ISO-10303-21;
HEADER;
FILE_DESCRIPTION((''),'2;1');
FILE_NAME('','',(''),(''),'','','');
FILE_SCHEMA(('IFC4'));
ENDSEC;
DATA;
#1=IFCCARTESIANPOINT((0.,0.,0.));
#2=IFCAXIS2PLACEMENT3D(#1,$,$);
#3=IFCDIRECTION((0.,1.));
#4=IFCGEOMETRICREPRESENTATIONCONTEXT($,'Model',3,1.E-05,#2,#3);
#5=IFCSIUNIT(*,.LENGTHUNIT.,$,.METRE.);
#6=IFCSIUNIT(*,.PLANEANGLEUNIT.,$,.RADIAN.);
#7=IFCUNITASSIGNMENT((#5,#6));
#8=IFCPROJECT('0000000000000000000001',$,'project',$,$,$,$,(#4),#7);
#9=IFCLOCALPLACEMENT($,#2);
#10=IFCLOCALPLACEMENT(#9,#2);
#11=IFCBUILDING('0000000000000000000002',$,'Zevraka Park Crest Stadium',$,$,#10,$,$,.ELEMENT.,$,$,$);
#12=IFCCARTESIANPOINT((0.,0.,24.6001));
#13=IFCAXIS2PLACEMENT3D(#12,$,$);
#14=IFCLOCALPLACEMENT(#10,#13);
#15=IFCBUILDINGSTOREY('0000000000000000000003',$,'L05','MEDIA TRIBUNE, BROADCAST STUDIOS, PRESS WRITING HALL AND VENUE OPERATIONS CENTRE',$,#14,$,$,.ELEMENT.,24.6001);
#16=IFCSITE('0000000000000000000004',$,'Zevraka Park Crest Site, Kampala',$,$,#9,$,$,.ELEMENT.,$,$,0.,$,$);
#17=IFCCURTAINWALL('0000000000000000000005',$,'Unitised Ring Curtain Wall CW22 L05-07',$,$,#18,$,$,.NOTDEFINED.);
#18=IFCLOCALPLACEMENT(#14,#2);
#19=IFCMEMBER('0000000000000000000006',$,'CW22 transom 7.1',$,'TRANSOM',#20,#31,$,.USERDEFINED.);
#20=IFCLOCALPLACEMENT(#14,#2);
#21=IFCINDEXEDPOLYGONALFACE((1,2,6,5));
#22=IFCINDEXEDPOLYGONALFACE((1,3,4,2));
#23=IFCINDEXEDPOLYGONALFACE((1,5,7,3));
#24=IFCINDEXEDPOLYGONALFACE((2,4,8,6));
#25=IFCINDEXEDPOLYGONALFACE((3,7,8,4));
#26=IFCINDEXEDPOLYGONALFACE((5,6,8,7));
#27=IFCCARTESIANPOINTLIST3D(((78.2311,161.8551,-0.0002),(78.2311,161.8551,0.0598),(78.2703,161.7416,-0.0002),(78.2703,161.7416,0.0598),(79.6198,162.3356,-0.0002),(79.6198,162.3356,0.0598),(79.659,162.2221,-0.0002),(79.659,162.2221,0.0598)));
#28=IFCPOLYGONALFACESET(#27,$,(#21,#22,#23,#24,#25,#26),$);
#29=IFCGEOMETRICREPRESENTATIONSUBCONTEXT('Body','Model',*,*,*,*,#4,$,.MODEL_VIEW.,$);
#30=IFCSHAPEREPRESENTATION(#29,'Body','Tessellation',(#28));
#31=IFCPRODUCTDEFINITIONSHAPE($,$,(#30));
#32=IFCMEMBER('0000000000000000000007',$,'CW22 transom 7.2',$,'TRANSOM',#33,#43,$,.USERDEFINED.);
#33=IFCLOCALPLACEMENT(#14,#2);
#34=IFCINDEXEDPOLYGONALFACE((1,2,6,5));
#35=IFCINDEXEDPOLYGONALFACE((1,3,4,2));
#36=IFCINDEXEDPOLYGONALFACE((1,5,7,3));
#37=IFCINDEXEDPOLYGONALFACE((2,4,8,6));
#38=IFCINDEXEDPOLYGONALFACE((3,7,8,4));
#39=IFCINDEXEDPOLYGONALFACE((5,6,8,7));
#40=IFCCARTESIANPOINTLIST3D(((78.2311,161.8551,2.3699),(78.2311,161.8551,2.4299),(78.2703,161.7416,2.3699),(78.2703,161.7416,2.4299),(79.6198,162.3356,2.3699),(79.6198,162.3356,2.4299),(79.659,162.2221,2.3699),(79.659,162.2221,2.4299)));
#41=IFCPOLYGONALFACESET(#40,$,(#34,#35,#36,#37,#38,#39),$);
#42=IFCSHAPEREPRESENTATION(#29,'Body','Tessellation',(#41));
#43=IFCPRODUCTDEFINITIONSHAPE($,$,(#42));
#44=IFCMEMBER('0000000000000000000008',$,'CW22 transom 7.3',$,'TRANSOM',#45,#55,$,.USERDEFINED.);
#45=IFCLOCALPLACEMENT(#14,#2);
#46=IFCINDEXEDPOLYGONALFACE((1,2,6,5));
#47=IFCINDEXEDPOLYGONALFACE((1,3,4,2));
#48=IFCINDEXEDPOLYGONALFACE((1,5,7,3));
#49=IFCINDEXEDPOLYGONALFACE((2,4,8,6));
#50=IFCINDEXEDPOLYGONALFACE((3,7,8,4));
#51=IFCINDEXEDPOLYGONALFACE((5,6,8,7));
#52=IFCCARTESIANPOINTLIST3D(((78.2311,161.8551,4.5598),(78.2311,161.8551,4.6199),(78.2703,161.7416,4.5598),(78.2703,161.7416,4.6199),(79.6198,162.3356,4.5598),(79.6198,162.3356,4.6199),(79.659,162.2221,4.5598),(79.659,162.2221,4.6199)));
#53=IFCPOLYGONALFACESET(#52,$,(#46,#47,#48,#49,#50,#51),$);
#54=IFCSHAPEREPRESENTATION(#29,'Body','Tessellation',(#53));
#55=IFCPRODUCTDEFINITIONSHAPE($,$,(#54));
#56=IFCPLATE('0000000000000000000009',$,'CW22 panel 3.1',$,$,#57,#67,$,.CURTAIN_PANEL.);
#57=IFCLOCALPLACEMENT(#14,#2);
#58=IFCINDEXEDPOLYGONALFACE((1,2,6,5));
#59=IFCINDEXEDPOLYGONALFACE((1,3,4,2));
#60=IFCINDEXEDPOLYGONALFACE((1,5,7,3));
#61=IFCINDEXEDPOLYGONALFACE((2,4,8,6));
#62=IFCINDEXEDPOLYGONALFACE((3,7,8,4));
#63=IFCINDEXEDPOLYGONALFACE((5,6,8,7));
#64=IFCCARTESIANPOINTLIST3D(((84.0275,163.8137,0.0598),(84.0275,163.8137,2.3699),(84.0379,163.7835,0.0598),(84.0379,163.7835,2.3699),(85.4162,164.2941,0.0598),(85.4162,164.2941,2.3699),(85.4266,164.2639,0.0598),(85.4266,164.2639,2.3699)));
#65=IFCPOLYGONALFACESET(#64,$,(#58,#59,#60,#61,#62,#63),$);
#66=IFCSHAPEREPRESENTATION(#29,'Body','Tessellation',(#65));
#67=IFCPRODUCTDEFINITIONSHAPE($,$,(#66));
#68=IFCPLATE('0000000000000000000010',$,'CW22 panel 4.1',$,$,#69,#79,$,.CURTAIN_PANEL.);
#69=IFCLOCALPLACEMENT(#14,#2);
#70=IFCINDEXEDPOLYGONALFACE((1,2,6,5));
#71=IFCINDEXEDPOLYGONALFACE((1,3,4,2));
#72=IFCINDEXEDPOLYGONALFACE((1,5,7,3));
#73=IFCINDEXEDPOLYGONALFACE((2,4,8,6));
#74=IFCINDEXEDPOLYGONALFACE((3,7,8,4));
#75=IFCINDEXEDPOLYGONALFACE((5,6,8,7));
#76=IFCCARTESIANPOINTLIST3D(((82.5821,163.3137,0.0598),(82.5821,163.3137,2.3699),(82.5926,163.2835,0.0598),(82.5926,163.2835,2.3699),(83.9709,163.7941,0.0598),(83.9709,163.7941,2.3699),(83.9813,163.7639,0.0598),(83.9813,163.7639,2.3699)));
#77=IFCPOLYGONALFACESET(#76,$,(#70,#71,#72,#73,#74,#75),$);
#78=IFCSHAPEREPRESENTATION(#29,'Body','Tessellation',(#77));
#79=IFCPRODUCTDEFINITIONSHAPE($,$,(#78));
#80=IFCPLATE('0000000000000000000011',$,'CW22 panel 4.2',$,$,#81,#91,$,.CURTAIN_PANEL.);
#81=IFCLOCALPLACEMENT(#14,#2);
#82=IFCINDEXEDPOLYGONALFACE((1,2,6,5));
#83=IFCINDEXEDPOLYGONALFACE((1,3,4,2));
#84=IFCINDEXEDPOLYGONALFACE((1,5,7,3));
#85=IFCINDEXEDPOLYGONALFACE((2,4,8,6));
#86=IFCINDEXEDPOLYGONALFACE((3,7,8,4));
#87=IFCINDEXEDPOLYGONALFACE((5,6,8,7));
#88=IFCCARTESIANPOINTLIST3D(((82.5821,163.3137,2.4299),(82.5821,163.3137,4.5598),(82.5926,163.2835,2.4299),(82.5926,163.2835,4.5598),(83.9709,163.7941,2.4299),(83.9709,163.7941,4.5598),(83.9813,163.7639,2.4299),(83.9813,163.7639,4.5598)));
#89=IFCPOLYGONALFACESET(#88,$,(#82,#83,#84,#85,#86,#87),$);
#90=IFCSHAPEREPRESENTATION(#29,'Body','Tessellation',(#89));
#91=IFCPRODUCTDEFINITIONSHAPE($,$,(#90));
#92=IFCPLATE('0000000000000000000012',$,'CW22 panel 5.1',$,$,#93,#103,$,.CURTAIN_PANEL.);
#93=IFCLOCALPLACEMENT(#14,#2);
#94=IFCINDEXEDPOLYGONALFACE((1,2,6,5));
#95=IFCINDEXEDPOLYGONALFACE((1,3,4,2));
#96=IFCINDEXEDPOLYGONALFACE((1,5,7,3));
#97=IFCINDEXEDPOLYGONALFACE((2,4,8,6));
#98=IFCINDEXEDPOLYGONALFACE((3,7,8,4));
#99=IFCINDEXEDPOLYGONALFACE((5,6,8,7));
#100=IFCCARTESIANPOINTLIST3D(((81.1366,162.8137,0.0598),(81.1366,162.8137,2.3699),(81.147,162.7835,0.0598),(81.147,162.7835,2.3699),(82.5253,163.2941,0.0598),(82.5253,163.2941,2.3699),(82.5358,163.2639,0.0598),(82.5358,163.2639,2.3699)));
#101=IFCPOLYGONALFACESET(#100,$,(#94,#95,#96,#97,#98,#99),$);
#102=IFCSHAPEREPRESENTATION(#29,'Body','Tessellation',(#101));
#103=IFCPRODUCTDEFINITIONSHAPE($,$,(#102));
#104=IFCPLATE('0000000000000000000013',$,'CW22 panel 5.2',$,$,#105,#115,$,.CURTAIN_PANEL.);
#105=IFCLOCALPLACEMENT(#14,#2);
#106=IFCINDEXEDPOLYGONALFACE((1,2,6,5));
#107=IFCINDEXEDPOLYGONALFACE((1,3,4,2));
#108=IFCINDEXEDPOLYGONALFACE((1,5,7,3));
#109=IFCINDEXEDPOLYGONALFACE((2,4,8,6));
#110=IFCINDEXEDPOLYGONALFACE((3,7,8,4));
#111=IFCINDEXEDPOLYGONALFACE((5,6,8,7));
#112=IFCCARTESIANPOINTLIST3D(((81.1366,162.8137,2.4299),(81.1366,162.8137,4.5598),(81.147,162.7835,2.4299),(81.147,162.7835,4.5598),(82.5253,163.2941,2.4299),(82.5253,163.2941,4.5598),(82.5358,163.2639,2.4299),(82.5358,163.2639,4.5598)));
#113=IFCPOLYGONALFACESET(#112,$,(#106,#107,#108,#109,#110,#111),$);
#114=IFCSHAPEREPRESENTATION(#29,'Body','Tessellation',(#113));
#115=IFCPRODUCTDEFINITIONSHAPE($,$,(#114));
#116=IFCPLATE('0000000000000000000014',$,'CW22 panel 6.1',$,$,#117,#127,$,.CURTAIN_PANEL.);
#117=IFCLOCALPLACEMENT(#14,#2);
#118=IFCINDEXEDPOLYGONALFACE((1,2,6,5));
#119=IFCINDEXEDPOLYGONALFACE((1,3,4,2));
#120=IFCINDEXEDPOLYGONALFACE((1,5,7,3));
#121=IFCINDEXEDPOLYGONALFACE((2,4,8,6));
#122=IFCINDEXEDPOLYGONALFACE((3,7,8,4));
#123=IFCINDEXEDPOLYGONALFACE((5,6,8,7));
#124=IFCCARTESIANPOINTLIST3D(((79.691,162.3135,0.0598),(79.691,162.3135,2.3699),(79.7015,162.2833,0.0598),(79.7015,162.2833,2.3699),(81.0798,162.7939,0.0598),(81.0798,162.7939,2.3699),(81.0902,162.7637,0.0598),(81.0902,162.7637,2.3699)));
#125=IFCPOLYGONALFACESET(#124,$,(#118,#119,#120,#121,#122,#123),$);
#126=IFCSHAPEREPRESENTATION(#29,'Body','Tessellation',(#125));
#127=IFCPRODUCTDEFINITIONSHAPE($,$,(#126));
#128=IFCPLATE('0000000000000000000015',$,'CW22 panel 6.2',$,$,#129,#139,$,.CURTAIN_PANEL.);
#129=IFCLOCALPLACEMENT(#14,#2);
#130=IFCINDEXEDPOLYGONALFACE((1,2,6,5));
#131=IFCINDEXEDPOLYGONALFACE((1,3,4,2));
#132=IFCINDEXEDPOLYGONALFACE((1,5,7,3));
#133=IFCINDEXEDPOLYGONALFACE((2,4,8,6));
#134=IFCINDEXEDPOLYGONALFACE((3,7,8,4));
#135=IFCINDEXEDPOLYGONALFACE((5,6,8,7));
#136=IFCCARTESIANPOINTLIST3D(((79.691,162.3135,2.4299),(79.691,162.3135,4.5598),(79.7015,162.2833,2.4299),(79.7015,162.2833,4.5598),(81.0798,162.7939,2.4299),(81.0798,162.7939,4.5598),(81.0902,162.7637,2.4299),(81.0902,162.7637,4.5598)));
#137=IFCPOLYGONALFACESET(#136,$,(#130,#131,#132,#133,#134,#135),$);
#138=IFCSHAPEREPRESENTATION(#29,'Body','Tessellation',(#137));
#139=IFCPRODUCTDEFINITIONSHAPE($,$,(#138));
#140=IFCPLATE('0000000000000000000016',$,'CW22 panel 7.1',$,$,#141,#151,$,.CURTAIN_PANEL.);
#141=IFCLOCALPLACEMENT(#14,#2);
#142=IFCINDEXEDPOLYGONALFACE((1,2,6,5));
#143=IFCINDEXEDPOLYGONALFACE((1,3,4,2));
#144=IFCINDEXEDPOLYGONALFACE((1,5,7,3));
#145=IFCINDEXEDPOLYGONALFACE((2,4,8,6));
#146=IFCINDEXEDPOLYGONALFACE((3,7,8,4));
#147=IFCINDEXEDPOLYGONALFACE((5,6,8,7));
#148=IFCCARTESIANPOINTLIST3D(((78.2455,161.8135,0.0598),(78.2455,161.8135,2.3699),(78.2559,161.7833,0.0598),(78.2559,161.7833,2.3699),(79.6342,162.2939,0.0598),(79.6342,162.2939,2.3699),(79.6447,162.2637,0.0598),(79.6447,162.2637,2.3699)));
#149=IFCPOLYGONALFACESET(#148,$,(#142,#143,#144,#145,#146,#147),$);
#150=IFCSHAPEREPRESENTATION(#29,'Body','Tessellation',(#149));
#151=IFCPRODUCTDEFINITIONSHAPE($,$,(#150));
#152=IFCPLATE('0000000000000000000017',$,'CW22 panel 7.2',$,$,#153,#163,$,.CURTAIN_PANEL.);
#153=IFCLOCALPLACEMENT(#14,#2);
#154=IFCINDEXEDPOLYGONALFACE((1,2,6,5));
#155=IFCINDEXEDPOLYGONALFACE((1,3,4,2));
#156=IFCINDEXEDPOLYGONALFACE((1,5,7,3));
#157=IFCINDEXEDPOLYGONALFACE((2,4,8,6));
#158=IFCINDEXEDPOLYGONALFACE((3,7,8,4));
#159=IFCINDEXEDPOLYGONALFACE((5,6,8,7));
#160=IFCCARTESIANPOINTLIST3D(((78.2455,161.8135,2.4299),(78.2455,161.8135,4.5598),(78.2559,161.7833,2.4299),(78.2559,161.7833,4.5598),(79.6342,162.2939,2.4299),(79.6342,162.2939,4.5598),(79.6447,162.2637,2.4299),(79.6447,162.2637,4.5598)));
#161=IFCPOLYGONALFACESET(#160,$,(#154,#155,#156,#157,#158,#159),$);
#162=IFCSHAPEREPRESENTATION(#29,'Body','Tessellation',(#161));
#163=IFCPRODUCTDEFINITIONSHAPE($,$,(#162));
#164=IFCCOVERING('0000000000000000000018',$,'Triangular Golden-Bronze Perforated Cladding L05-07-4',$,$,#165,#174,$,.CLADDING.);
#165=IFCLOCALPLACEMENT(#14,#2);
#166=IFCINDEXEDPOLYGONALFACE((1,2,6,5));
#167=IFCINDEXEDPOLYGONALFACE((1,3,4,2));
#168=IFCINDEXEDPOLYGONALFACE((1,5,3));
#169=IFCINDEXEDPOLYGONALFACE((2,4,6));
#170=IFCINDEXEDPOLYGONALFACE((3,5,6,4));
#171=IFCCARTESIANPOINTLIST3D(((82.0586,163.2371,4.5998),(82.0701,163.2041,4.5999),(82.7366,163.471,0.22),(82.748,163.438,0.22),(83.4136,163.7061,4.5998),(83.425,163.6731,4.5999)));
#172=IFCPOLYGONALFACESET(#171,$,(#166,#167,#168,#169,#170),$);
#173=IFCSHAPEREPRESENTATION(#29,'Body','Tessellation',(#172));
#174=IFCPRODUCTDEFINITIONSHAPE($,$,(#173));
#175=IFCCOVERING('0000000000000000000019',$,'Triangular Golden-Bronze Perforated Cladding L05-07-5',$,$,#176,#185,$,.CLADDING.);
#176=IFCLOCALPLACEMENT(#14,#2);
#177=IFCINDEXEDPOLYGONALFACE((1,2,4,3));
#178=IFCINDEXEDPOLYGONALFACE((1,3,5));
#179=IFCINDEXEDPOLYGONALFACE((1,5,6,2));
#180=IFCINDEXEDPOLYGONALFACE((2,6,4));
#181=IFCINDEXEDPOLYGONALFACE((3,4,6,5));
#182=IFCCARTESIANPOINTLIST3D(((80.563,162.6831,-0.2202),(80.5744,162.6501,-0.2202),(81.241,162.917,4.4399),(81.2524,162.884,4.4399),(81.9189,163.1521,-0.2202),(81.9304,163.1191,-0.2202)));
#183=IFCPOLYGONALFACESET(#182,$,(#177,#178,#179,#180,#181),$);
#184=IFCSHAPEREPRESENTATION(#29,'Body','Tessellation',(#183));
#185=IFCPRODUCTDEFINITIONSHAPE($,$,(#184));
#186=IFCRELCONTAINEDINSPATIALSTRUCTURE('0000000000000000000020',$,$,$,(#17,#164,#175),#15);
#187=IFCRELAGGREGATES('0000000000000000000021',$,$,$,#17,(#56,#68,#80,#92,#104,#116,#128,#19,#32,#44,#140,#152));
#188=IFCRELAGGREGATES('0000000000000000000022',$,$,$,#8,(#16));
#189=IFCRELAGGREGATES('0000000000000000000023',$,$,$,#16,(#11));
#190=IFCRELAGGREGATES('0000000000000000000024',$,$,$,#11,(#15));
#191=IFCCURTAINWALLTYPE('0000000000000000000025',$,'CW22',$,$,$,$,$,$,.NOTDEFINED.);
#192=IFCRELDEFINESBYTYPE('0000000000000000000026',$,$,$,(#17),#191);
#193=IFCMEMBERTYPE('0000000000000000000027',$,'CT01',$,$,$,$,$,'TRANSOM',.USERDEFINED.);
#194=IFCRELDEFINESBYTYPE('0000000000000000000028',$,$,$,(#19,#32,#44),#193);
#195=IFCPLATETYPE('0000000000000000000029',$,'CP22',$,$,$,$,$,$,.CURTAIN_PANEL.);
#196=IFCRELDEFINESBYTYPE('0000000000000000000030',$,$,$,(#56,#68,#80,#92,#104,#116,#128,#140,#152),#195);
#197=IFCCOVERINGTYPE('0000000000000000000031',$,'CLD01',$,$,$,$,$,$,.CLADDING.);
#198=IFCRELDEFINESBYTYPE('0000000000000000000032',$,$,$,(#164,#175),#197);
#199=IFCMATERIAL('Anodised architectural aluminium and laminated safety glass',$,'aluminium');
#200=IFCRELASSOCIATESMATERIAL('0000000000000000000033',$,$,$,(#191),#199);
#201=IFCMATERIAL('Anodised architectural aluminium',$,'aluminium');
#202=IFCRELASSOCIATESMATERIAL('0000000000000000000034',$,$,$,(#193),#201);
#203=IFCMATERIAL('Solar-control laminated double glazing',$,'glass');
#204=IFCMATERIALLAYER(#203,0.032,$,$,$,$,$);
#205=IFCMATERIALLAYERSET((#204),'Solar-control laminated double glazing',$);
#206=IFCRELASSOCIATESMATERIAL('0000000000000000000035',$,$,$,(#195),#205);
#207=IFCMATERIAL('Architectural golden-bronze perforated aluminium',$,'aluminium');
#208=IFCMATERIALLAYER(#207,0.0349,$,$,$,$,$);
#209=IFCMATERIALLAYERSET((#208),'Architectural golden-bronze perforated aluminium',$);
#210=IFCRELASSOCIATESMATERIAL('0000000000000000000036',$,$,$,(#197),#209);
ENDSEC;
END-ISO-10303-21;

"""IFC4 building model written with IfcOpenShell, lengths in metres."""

from ifc_helpers import new_model, si_unit, direction, frame, origin, origin_2d, place, context, subcontext, project, spatial, polyline, rectangle, outline, extrude, material, layer, layer_set, material_profile, profile_set, type_object, element, aggregate, save


model = new_model("IFC4")

# Units and contexts
model_context = context("Model", 3, precision=1e-05, world=origin(), true_north=direction((0.0, 1.0)))
body_context = subcontext(model_context, "Body", "Model", "MODEL_VIEW")
ifc_project = project(units=[si_unit("LENGTHUNIT", "METRE"), si_unit("PLANEANGLEUNIT", "RADIAN")], contexts=[model_context])

# Site, building, storey
site_placement = place(None, origin())
site = spatial("IfcSite", under=ifc_project, at=site_placement, Name="Zevraka Park Crest Site, Kampala", CompositionType="ELEMENT", RefElevation=0.0)
building_placement = place(site_placement, origin())
building = spatial("IfcBuilding", under=site, at=building_placement, Name="Zevraka Park Crest Stadium", CompositionType="ELEMENT")
storey_placement = place(building_placement, frame((0.0, 0.0, 24.6001)))
storey = spatial("IfcBuildingStorey", under=building, at=storey_placement, Name="L05", Description="MEDIA TRIBUNE, BROADCAST STUDIOS, PRESS WRITING HALL AND VENUE OPERATIONS CENTRE", CompositionType="ELEMENT", Elevation=24.6001)

# Curtain wall, members, plates
ifc_material_1 = material(Name="Anodised architectural aluminium and laminated safety glass", Category="aluminium")
curtain_wall_type = type_object("IfcCurtainWallType", Name="CW22", PredefinedType="NOTDEFINED", material=ifc_material_1)
curtain_wall_placement = place(storey_placement, origin())
curtain_wall = element("IfcCurtainWall", 1, at=curtain_wall_placement, inside=storey, type_object=curtain_wall_type, Name="Unitised Ring Curtain Wall CW22 L05-07", PredefinedType="NOTDEFINED")
ifc_material_2 = material(Name="Anodised architectural aluminium", Category="aluminium")
ifc_material_profile_1 = material_profile(ifc_material_2, rectangle(XDim=0.1201, YDim=0.0601, at=origin_2d()), Name="ALU TRANSOM 120x60")
ifc_profile_set_1 = profile_set([ifc_material_profile_1], Name="Anodised architectural aluminium")
member_type_1 = type_object("IfcMemberType", Name="CT01", ElementType="TRANSOM", PredefinedType="USERDEFINED", material=ifc_profile_set_1)
member_1_placement = place(storey_placement, frame((79.6394, 162.2788, 0.0298), z_axis=(-0.945033, -0.326974, 0.0), x_axis=(0.326974, -0.945033, 0.0)))
member_1 = element("IfcMember", 2, at=member_1_placement, type_object=member_type_1, Name="CW22 transom 7.1", ObjectType="TRANSOM", PredefinedType="USERDEFINED", context=body_context, shape_type="SweptSolid", body=[
    extrude(rectangle(XDim=0.1201, YDim=0.0601, at=origin_2d()), origin(), (0.0, 0.0, 1.0), 1.4695),
])
member_2_placement = place(storey_placement, frame((79.6394, 162.2788, 2.3999), z_axis=(-0.945033, -0.326974, 0.0), x_axis=(0.326974, -0.945033, 0.0)))
member_2 = element("IfcMember", 3, at=member_2_placement, type_object=member_type_1, Name="CW22 transom 7.2", ObjectType="TRANSOM", PredefinedType="USERDEFINED", context=body_context, shape_type="SweptSolid", body=[
    extrude(rectangle(XDim=0.1201, YDim=0.0601, at=origin_2d()), origin(), (0.0, 0.0, 1.0), 1.4695),
])
member_3_placement = place(storey_placement, frame((79.6394, 162.2788, 4.5898), z_axis=(-0.945033, -0.326974, 0.0), x_axis=(0.326974, -0.945033, 0.0)))
member_3 = element("IfcMember", 4, at=member_3_placement, type_object=member_type_1, Name="CW22 transom 7.3", ObjectType="TRANSOM", PredefinedType="USERDEFINED", context=body_context, shape_type="SweptSolid", body=[
    extrude(rectangle(XDim=0.1201, YDim=0.0601, at=origin_2d()), origin(), (0.0, 0.0, 1.0), 1.4695),
])
ifc_material_3 = material(Name="Solar-control laminated double glazing", Category="glass")
ifc_layer_1 = layer(ifc_material_3, 0.032)
ifc_layer_set_1 = layer_set([ifc_layer_1], Name="Solar-control laminated double glazing")
plate_type = type_object("IfcPlateType", Name="CP22", PredefinedType="CURTAIN_PANEL", material=ifc_layer_set_1)
plate_1_placement = place(storey_placement, frame((84.7271, 164.0388, 0.0598), z_axis=(0.0, 0.0, 1.0), x_axis=(-0.945049, -0.326929, 0.0)))
plate_1 = element("IfcPlate", 5, at=plate_1_placement, type_object=plate_type, Name="CW22 panel 3.1", PredefinedType="CURTAIN_PANEL", context=body_context, shape_type="SweptSolid", body=[
    extrude(rectangle(XDim=1.4695, YDim=0.032, at=origin_2d()), origin(), (0.0, 0.0, 1.0), 2.3101),
])
plate_2_placement = place(storey_placement, frame((83.2817, 163.5388, 0.0598), z_axis=(0.0, 0.0, 1.0), x_axis=(-0.945049, -0.326929, 0.0)))
plate_2 = element("IfcPlate", 6, at=plate_2_placement, type_object=plate_type, Name="CW22 panel 4.1", PredefinedType="CURTAIN_PANEL", context=body_context, shape_type="SweptSolid", body=[
    extrude(rectangle(XDim=1.4695, YDim=0.032, at=origin_2d()), origin(), (0.0, 0.0, 1.0), 2.3101),
])
plate_3_placement = place(storey_placement, frame((83.2817, 163.5388, 2.4299), z_axis=(0.0, 0.0, 1.0), x_axis=(-0.945049, -0.326929, 0.0)))
plate_3 = element("IfcPlate", 7, at=plate_3_placement, type_object=plate_type, Name="CW22 panel 4.2", PredefinedType="CURTAIN_PANEL", context=body_context, shape_type="SweptSolid", body=[
    extrude(rectangle(XDim=1.4695, YDim=0.032, at=origin_2d()), origin(), (0.0, 0.0, 1.0), 2.1299),
])
plate_4_placement = place(storey_placement, frame((81.8362, 163.0388, 0.0598), z_axis=(0.0, 0.0, 1.0), x_axis=(-0.945049, -0.326929, 0.0)))
plate_4 = element("IfcPlate", 8, at=plate_4_placement, type_object=plate_type, Name="CW22 panel 5.1", PredefinedType="CURTAIN_PANEL", context=body_context, shape_type="SweptSolid", body=[
    extrude(rectangle(XDim=1.4695, YDim=0.032, at=origin_2d()), origin(), (0.0, 0.0, 1.0), 2.3101),
])
plate_5_placement = place(storey_placement, frame((81.8362, 163.0388, 2.4299), z_axis=(0.0, 0.0, 1.0), x_axis=(-0.945049, -0.326929, 0.0)))
plate_5 = element("IfcPlate", 9, at=plate_5_placement, type_object=plate_type, Name="CW22 panel 5.2", PredefinedType="CURTAIN_PANEL", context=body_context, shape_type="SweptSolid", body=[
    extrude(rectangle(XDim=1.4695, YDim=0.032, at=origin_2d()), origin(), (0.0, 0.0, 1.0), 2.1299),
])
plate_6_placement = place(storey_placement, frame((80.3906, 162.5386, 0.0598), z_axis=(0.0, 0.0, 1.0), x_axis=(-0.945049, -0.326929, 0.0)))
plate_6 = element("IfcPlate", 10, at=plate_6_placement, type_object=plate_type, Name="CW22 panel 6.1", PredefinedType="CURTAIN_PANEL", context=body_context, shape_type="SweptSolid", body=[
    extrude(rectangle(XDim=1.4695, YDim=0.032, at=origin_2d()), origin(), (0.0, 0.0, 1.0), 2.3101),
])
plate_7_placement = place(storey_placement, frame((80.3906, 162.5386, 2.4299), z_axis=(0.0, 0.0, 1.0), x_axis=(-0.945049, -0.326929, 0.0)))
plate_7 = element("IfcPlate", 11, at=plate_7_placement, type_object=plate_type, Name="CW22 panel 6.2", PredefinedType="CURTAIN_PANEL", context=body_context, shape_type="SweptSolid", body=[
    extrude(rectangle(XDim=1.4695, YDim=0.032, at=origin_2d()), origin(), (0.0, 0.0, 1.0), 2.1299),
])
plate_8_placement = place(storey_placement, frame((78.9451, 162.0386, 0.0598), z_axis=(0.0, 0.0, 1.0), x_axis=(-0.945049, -0.326929, 0.0)))
plate_8 = element("IfcPlate", 12, at=plate_8_placement, type_object=plate_type, Name="CW22 panel 7.1", PredefinedType="CURTAIN_PANEL", context=body_context, shape_type="SweptSolid", body=[
    extrude(rectangle(XDim=1.4695, YDim=0.032, at=origin_2d()), origin(), (0.0, 0.0, 1.0), 2.3101),
])
plate_9_placement = place(storey_placement, frame((78.9451, 162.0386, 2.4299), z_axis=(0.0, 0.0, 1.0), x_axis=(-0.945049, -0.326929, 0.0)))
plate_9 = element("IfcPlate", 13, at=plate_9_placement, type_object=plate_type, Name="CW22 panel 7.2", PredefinedType="CURTAIN_PANEL", context=body_context, shape_type="SweptSolid", body=[
    extrude(rectangle(XDim=1.4695, YDim=0.032, at=origin_2d()), origin(), (0.0, 0.0, 1.0), 2.1299),
])
aggregate(curtain_wall, [plate_1, plate_2, plate_3, plate_4, plate_5, plate_6, plate_7, member_1, member_2, member_3, plate_8, plate_9])

# Coverings
ifc_material_4 = material(Name="Architectural golden-bronze perforated aluminium", Category="aluminium")
ifc_layer_2 = layer(ifc_material_4, 0.0349)
ifc_layer_set_2 = layer_set([ifc_layer_2], Name="Architectural golden-bronze perforated aluminium")
covering_type = type_object("IfcCoveringType", Name="CLD01", PredefinedType="CLADDING", material=ifc_layer_set_2)
covering_1_placement = place(storey_placement, frame((82.0701, 163.2041, 4.5999), z_axis=(0.327087, -0.944994, 0.000168), x_axis=(0.944994, 0.327087, 0.0)))
element("IfcCovering", 14, at=covering_1_placement, inside=storey, type_object=covering_type, Name="Triangular Golden-Bronze Perforated Cladding L05-07-4", PredefinedType="CLADDING", context=body_context, shape_type="SweptSolid", body=[
    extrude(outline(polyline([(0.0, 0.0), (1.4339, 0.0), (0.7172, -4.3799), (0.0, 0.0)])), origin(), (0.0, 0.0, -1.0), 0.0349),
])
covering_2_placement = place(storey_placement, frame((81.9189, 163.1521, -0.2202), z_axis=(-0.326877, 0.945067, 0.000124), x_axis=(-0.945067, -0.326877, 0.0)))
element("IfcCovering", 15, at=covering_2_placement, inside=storey, type_object=covering_type, Name="Triangular Golden-Bronze Perforated Cladding L05-07-5", PredefinedType="CLADDING", context=body_context, shape_type="SweptSolid", body=[
    extrude(outline(polyline([(0.0, 0.0), (1.4348, 0.0), (0.7176, 4.6602), (0.0, 0.0)])), origin(), (0.0, 0.0, -1.0), 0.0349),
])

save(model, "model.ifc")
